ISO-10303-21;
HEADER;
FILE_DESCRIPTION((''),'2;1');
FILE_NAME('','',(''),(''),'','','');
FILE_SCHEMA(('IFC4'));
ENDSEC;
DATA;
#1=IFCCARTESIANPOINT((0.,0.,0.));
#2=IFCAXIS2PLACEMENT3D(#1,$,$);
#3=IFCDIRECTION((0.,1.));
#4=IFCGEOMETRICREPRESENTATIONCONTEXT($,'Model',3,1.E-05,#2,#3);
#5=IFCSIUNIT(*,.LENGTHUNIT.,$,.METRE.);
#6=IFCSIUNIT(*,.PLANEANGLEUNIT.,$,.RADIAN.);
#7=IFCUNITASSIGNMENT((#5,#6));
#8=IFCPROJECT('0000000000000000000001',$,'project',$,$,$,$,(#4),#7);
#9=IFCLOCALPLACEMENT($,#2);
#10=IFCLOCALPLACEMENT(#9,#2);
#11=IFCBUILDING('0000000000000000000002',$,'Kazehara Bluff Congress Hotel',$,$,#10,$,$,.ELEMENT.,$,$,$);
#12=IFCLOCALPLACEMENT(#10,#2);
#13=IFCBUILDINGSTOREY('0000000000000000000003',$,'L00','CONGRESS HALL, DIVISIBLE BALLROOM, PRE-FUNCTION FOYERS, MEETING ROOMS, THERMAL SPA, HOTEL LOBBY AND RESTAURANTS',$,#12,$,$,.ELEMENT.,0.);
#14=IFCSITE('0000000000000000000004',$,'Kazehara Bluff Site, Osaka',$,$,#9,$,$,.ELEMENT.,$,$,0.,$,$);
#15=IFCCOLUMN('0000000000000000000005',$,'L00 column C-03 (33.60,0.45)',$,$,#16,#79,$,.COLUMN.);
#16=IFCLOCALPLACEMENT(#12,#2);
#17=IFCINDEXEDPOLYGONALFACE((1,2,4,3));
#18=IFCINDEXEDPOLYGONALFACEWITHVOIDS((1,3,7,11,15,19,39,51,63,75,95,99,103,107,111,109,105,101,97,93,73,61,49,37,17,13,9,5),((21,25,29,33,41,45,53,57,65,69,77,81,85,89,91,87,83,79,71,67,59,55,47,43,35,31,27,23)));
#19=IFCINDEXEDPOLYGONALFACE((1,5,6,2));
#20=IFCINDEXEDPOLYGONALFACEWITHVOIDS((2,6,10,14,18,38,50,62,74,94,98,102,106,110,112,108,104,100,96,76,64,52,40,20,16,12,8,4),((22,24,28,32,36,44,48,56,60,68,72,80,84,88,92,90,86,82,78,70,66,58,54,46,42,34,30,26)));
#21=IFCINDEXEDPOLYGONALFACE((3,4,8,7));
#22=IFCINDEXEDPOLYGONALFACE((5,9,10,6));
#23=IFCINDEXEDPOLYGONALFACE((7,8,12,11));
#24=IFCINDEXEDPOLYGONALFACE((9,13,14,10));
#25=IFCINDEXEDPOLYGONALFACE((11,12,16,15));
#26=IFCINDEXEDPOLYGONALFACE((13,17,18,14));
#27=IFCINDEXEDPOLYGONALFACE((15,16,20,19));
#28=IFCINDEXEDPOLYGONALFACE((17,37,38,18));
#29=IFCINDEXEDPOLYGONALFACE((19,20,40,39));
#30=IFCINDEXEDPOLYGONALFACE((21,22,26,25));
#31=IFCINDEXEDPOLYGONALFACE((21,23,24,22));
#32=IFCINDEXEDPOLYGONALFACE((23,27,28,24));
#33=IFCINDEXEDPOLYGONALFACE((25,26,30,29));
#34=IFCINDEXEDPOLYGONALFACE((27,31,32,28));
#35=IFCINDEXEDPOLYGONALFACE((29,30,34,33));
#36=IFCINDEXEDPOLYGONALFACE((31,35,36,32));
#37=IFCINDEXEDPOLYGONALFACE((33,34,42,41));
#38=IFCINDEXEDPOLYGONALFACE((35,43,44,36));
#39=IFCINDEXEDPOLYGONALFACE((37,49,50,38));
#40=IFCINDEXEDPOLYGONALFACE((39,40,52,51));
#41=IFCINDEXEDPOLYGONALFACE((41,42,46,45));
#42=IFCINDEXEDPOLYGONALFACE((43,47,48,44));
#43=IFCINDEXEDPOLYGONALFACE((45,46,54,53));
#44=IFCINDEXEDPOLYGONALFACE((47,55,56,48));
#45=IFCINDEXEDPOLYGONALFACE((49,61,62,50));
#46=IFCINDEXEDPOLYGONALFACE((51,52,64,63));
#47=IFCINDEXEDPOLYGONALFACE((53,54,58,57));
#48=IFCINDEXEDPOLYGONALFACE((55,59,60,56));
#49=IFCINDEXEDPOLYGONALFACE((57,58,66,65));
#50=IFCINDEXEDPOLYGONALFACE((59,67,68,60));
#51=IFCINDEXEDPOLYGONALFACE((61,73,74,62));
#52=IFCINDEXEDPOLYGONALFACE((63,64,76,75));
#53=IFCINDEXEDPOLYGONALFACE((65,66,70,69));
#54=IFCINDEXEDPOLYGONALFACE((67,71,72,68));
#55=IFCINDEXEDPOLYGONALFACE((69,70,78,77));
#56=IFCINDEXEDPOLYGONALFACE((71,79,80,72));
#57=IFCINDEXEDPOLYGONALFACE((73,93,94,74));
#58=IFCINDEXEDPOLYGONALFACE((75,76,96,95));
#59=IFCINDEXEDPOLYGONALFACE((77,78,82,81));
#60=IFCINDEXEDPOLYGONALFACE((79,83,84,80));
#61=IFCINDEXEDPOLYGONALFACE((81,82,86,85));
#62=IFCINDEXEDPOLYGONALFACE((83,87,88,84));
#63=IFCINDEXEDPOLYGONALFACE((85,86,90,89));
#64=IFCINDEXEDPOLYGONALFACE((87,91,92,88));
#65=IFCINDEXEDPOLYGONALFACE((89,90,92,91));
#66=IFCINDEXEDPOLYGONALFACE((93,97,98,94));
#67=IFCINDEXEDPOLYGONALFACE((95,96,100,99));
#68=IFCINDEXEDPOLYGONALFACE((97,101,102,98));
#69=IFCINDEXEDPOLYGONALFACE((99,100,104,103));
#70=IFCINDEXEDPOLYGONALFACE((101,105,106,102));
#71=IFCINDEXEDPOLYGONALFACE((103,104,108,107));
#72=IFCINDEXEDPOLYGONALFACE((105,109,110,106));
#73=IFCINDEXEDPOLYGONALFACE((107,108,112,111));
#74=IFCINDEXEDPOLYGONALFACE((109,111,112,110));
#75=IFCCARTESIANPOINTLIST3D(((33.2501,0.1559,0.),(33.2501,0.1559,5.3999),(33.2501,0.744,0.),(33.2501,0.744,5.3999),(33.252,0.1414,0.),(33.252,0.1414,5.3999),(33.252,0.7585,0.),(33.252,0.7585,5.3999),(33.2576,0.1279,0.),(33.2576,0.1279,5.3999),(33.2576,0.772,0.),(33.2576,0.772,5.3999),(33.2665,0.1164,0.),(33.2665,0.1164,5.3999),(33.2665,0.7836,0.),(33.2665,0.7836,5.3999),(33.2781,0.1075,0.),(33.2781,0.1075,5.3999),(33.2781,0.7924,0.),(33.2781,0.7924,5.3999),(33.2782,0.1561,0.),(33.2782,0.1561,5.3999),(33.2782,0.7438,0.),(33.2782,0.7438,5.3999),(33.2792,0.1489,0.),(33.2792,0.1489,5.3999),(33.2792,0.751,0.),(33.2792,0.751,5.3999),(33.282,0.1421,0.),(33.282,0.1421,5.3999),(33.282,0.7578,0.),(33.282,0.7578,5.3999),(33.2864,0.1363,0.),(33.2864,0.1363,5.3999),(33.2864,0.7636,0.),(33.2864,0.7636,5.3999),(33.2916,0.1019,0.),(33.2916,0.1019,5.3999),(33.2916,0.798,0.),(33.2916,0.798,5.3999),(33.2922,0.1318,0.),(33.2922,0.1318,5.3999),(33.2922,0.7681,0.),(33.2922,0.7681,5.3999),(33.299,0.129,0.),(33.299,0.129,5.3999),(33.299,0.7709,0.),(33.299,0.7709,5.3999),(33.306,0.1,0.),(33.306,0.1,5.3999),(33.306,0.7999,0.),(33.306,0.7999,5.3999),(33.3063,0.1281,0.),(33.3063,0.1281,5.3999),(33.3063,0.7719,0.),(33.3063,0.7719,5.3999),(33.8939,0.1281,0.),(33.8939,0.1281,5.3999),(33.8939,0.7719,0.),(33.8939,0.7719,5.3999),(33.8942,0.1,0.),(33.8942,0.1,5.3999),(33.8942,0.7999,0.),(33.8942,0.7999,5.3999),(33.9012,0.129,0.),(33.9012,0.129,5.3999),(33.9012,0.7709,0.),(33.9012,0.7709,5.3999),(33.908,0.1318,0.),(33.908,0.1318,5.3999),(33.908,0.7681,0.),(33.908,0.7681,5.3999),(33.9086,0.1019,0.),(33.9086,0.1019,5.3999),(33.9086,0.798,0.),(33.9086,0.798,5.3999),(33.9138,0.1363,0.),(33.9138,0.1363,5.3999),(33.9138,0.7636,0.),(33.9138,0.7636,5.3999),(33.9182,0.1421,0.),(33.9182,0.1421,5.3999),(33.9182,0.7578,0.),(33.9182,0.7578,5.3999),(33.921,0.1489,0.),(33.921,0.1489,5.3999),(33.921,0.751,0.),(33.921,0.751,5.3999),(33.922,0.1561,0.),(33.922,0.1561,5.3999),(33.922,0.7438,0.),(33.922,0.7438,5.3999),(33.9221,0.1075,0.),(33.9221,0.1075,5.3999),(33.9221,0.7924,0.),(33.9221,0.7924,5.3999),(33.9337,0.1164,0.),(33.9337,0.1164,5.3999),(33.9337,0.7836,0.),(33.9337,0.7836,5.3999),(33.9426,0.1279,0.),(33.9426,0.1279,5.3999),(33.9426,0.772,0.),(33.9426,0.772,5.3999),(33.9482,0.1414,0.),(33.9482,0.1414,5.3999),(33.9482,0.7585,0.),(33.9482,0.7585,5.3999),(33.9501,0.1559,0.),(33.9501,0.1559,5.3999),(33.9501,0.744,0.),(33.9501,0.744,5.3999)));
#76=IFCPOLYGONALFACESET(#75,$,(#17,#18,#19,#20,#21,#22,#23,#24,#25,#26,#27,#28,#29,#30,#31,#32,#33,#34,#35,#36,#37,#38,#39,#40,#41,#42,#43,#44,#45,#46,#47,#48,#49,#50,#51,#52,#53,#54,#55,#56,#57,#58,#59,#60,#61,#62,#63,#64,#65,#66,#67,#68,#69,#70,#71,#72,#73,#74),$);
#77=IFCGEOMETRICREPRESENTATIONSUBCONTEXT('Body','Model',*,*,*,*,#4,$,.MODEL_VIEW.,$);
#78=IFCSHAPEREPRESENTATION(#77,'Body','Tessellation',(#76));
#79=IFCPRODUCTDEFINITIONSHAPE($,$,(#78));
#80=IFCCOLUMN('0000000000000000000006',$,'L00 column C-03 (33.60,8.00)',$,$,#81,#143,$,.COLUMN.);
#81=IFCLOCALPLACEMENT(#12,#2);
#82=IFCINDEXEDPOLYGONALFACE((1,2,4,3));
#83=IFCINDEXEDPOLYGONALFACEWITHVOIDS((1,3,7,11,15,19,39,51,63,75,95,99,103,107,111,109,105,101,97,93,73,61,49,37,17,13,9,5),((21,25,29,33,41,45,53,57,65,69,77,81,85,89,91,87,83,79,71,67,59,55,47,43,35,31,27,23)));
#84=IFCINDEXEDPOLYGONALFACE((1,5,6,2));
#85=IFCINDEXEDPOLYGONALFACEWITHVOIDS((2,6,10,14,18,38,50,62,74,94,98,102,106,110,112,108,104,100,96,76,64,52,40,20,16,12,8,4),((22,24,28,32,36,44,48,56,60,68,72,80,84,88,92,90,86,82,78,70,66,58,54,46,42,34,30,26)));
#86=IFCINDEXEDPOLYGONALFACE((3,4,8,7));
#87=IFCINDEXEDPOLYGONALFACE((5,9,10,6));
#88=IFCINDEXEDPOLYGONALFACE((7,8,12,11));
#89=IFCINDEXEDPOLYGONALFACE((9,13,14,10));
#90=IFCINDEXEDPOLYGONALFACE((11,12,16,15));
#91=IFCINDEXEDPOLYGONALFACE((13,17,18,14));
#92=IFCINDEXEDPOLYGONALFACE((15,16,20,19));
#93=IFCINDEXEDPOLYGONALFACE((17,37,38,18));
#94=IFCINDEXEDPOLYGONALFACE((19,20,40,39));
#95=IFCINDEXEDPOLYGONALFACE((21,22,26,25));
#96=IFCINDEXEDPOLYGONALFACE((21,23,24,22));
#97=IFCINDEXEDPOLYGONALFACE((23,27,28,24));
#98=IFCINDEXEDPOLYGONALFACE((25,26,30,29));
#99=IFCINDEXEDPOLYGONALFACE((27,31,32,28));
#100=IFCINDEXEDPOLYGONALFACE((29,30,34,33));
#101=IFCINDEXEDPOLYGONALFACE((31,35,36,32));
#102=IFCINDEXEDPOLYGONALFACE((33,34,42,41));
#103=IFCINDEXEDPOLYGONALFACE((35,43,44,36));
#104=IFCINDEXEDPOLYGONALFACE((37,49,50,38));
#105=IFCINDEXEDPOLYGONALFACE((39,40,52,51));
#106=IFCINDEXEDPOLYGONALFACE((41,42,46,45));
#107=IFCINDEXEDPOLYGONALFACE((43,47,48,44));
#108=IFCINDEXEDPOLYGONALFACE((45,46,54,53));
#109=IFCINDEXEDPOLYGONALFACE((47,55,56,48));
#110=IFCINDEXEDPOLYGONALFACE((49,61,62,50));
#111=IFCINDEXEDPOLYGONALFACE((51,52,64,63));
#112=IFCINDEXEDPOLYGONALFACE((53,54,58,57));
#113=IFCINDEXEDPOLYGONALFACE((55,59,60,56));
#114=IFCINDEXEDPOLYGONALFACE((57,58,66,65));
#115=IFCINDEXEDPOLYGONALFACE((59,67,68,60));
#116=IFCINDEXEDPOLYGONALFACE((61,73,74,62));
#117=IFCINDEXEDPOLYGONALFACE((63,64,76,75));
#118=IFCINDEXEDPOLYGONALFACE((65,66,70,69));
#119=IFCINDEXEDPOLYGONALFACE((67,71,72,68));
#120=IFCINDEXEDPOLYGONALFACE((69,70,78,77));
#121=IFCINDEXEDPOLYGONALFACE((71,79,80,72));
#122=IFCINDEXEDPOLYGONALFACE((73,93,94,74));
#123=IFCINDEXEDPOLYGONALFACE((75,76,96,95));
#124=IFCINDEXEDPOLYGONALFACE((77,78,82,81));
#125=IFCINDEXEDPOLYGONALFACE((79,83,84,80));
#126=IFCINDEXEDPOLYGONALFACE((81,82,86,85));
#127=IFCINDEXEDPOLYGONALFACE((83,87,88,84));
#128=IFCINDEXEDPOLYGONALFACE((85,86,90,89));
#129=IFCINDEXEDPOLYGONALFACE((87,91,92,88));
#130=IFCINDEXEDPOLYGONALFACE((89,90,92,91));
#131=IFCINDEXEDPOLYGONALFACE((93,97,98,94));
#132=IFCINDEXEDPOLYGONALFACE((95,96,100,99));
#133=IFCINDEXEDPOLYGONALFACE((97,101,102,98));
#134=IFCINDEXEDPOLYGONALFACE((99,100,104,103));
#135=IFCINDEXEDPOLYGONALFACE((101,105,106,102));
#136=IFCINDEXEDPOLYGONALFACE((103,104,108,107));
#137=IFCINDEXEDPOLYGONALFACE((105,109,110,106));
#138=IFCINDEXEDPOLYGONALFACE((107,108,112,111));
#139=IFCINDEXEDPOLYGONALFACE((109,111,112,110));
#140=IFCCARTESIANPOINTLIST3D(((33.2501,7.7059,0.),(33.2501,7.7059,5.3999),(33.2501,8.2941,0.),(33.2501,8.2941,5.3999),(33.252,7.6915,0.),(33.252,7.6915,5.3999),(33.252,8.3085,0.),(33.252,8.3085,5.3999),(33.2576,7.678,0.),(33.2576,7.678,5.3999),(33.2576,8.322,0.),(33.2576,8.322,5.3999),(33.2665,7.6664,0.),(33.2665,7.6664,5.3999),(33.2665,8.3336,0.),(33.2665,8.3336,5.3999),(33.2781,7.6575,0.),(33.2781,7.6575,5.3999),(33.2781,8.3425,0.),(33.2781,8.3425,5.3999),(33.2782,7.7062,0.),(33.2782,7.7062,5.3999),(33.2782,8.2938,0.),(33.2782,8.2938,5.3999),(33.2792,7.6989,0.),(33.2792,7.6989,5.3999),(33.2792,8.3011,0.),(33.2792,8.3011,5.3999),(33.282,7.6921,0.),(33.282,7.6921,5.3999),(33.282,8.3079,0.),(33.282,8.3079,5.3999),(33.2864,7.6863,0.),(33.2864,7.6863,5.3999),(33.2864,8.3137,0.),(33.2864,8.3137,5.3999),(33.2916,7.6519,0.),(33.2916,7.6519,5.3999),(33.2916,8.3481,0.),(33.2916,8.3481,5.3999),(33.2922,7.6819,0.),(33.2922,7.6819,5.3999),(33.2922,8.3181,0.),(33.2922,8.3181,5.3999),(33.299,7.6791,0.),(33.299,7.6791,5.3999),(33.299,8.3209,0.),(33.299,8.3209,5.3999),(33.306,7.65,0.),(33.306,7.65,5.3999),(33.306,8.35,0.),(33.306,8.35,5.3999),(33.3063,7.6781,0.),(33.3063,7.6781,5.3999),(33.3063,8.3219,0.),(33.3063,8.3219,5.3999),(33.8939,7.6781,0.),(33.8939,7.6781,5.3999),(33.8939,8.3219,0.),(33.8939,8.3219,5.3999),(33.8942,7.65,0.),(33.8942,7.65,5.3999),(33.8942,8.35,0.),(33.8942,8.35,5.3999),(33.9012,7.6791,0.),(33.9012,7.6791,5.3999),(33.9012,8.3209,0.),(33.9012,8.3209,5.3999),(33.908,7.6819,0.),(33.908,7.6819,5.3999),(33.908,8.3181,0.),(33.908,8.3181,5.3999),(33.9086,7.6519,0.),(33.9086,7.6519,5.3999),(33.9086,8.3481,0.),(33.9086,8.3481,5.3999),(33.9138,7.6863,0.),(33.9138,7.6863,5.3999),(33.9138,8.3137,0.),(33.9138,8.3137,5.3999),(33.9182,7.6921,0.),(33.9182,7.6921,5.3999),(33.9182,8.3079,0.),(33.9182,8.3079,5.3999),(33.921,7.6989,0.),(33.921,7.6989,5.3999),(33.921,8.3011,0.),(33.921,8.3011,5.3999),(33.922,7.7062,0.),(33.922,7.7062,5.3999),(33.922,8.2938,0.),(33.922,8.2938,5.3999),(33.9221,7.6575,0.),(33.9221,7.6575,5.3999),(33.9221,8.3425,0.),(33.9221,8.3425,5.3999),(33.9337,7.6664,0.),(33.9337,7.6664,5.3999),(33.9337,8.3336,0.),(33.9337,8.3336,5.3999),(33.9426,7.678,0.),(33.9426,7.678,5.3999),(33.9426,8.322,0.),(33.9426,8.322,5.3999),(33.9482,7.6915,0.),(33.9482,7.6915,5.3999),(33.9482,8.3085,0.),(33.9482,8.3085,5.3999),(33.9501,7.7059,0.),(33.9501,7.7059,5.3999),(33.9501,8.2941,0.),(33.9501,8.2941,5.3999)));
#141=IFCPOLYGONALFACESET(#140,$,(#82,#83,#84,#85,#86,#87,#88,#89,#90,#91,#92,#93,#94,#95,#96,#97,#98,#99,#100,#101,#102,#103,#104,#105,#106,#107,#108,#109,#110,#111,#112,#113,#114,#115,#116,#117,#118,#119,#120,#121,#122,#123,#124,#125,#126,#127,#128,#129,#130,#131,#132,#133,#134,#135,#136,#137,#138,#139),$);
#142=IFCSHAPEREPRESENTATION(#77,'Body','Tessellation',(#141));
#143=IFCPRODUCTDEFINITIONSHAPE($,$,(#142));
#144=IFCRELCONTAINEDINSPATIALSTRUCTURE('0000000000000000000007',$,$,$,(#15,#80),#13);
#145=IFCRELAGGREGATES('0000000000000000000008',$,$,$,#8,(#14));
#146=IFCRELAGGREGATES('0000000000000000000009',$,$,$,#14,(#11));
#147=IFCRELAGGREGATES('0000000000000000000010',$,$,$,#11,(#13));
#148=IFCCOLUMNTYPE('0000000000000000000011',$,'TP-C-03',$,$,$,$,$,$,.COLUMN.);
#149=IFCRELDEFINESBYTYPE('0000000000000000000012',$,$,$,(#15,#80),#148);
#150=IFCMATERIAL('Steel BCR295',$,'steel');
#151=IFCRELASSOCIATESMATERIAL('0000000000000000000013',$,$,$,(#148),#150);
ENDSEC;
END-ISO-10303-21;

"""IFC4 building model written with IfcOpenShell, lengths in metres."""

from ifc_helpers import new_model, si_unit, direction, frame, origin, origin_2d, place, context, subcontext, project, spatial, hollow_rectangle, extrude, material, material_profile, profile_set, type_object, element, save


model = new_model("IFC4")

# Units and contexts
model_context = context("Model", 3, precision=1e-05, world=origin(), true_north=direction((0.0, 1.0)))
body_context = subcontext(model_context, "Body", "Model", "MODEL_VIEW")
ifc_project = project(units=[si_unit("LENGTHUNIT", "METRE"), si_unit("PLANEANGLEUNIT", "RADIAN")], contexts=[model_context])

# Site, building, storey
site_placement = place(None, origin())
site = spatial("IfcSite", under=ifc_project, at=site_placement, Name="Kazehara Bluff Site, Osaka", CompositionType="ELEMENT", RefElevation=0.0)
building_placement = place(site_placement, origin())
building = spatial("IfcBuilding", under=site, at=building_placement, Name="Kazehara Bluff Congress Hotel", CompositionType="ELEMENT")
storey_placement = place(building_placement, origin())
storey = spatial("IfcBuildingStorey", under=building, at=storey_placement, Name="L00", Description="CONGRESS HALL, DIVISIBLE BALLROOM, PRE-FUNCTION FOYERS, MEETING ROOMS, THERMAL SPA, HOTEL LOBBY AND RESTAURANTS", CompositionType="ELEMENT", Elevation=0.0)

# Columns
ifc_material_1 = material(Name="Steel BCR295", Category="steel")
ifc_material_profile_1 = material_profile(ifc_material_1, hollow_rectangle(XDim=0.7, YDim=0.7, WallThickness=0.0281, InnerFilletRadius=0.0281, OuterFilletRadius=0.0559, at=origin_2d()))
ifc_profile_set_1 = profile_set([ifc_material_profile_1], Name="Steel BCR295")
column_type = type_object("IfcColumnType", Name="TP-C-03", PredefinedType="COLUMN", material=ifc_profile_set_1)
for number, where, z_axis, x_axis, name in (
    (1, (33.6001, 0.45, 0.0), (0.0, 0.0, 1.0), (1.0, 0.0, 0.0), "L00 column C-03 (33.60,0.45)"),
    (2, (33.6001, 8.0, 0.0), (0.0, 0.0, 1.0), (1.0, 0.0, 0.0), "L00 column C-03 (33.60,8.00)"),
):
    element("IfcColumn", number, at=place(storey_placement, frame(where, z_axis=z_axis, x_axis=x_axis)), inside=storey, type_object=column_type, Name=name, PredefinedType="COLUMN", context=body_context, shape_type="SweptSolid", body=[
        extrude(hollow_rectangle(XDim=0.7, YDim=0.7, WallThickness=0.0281, InnerFilletRadius=0.0281, OuterFilletRadius=0.0559, at=origin_2d()), origin(), (0.0, 0.0, 1.0), 5.3999),
    ])

save(model, "model.ifc")
